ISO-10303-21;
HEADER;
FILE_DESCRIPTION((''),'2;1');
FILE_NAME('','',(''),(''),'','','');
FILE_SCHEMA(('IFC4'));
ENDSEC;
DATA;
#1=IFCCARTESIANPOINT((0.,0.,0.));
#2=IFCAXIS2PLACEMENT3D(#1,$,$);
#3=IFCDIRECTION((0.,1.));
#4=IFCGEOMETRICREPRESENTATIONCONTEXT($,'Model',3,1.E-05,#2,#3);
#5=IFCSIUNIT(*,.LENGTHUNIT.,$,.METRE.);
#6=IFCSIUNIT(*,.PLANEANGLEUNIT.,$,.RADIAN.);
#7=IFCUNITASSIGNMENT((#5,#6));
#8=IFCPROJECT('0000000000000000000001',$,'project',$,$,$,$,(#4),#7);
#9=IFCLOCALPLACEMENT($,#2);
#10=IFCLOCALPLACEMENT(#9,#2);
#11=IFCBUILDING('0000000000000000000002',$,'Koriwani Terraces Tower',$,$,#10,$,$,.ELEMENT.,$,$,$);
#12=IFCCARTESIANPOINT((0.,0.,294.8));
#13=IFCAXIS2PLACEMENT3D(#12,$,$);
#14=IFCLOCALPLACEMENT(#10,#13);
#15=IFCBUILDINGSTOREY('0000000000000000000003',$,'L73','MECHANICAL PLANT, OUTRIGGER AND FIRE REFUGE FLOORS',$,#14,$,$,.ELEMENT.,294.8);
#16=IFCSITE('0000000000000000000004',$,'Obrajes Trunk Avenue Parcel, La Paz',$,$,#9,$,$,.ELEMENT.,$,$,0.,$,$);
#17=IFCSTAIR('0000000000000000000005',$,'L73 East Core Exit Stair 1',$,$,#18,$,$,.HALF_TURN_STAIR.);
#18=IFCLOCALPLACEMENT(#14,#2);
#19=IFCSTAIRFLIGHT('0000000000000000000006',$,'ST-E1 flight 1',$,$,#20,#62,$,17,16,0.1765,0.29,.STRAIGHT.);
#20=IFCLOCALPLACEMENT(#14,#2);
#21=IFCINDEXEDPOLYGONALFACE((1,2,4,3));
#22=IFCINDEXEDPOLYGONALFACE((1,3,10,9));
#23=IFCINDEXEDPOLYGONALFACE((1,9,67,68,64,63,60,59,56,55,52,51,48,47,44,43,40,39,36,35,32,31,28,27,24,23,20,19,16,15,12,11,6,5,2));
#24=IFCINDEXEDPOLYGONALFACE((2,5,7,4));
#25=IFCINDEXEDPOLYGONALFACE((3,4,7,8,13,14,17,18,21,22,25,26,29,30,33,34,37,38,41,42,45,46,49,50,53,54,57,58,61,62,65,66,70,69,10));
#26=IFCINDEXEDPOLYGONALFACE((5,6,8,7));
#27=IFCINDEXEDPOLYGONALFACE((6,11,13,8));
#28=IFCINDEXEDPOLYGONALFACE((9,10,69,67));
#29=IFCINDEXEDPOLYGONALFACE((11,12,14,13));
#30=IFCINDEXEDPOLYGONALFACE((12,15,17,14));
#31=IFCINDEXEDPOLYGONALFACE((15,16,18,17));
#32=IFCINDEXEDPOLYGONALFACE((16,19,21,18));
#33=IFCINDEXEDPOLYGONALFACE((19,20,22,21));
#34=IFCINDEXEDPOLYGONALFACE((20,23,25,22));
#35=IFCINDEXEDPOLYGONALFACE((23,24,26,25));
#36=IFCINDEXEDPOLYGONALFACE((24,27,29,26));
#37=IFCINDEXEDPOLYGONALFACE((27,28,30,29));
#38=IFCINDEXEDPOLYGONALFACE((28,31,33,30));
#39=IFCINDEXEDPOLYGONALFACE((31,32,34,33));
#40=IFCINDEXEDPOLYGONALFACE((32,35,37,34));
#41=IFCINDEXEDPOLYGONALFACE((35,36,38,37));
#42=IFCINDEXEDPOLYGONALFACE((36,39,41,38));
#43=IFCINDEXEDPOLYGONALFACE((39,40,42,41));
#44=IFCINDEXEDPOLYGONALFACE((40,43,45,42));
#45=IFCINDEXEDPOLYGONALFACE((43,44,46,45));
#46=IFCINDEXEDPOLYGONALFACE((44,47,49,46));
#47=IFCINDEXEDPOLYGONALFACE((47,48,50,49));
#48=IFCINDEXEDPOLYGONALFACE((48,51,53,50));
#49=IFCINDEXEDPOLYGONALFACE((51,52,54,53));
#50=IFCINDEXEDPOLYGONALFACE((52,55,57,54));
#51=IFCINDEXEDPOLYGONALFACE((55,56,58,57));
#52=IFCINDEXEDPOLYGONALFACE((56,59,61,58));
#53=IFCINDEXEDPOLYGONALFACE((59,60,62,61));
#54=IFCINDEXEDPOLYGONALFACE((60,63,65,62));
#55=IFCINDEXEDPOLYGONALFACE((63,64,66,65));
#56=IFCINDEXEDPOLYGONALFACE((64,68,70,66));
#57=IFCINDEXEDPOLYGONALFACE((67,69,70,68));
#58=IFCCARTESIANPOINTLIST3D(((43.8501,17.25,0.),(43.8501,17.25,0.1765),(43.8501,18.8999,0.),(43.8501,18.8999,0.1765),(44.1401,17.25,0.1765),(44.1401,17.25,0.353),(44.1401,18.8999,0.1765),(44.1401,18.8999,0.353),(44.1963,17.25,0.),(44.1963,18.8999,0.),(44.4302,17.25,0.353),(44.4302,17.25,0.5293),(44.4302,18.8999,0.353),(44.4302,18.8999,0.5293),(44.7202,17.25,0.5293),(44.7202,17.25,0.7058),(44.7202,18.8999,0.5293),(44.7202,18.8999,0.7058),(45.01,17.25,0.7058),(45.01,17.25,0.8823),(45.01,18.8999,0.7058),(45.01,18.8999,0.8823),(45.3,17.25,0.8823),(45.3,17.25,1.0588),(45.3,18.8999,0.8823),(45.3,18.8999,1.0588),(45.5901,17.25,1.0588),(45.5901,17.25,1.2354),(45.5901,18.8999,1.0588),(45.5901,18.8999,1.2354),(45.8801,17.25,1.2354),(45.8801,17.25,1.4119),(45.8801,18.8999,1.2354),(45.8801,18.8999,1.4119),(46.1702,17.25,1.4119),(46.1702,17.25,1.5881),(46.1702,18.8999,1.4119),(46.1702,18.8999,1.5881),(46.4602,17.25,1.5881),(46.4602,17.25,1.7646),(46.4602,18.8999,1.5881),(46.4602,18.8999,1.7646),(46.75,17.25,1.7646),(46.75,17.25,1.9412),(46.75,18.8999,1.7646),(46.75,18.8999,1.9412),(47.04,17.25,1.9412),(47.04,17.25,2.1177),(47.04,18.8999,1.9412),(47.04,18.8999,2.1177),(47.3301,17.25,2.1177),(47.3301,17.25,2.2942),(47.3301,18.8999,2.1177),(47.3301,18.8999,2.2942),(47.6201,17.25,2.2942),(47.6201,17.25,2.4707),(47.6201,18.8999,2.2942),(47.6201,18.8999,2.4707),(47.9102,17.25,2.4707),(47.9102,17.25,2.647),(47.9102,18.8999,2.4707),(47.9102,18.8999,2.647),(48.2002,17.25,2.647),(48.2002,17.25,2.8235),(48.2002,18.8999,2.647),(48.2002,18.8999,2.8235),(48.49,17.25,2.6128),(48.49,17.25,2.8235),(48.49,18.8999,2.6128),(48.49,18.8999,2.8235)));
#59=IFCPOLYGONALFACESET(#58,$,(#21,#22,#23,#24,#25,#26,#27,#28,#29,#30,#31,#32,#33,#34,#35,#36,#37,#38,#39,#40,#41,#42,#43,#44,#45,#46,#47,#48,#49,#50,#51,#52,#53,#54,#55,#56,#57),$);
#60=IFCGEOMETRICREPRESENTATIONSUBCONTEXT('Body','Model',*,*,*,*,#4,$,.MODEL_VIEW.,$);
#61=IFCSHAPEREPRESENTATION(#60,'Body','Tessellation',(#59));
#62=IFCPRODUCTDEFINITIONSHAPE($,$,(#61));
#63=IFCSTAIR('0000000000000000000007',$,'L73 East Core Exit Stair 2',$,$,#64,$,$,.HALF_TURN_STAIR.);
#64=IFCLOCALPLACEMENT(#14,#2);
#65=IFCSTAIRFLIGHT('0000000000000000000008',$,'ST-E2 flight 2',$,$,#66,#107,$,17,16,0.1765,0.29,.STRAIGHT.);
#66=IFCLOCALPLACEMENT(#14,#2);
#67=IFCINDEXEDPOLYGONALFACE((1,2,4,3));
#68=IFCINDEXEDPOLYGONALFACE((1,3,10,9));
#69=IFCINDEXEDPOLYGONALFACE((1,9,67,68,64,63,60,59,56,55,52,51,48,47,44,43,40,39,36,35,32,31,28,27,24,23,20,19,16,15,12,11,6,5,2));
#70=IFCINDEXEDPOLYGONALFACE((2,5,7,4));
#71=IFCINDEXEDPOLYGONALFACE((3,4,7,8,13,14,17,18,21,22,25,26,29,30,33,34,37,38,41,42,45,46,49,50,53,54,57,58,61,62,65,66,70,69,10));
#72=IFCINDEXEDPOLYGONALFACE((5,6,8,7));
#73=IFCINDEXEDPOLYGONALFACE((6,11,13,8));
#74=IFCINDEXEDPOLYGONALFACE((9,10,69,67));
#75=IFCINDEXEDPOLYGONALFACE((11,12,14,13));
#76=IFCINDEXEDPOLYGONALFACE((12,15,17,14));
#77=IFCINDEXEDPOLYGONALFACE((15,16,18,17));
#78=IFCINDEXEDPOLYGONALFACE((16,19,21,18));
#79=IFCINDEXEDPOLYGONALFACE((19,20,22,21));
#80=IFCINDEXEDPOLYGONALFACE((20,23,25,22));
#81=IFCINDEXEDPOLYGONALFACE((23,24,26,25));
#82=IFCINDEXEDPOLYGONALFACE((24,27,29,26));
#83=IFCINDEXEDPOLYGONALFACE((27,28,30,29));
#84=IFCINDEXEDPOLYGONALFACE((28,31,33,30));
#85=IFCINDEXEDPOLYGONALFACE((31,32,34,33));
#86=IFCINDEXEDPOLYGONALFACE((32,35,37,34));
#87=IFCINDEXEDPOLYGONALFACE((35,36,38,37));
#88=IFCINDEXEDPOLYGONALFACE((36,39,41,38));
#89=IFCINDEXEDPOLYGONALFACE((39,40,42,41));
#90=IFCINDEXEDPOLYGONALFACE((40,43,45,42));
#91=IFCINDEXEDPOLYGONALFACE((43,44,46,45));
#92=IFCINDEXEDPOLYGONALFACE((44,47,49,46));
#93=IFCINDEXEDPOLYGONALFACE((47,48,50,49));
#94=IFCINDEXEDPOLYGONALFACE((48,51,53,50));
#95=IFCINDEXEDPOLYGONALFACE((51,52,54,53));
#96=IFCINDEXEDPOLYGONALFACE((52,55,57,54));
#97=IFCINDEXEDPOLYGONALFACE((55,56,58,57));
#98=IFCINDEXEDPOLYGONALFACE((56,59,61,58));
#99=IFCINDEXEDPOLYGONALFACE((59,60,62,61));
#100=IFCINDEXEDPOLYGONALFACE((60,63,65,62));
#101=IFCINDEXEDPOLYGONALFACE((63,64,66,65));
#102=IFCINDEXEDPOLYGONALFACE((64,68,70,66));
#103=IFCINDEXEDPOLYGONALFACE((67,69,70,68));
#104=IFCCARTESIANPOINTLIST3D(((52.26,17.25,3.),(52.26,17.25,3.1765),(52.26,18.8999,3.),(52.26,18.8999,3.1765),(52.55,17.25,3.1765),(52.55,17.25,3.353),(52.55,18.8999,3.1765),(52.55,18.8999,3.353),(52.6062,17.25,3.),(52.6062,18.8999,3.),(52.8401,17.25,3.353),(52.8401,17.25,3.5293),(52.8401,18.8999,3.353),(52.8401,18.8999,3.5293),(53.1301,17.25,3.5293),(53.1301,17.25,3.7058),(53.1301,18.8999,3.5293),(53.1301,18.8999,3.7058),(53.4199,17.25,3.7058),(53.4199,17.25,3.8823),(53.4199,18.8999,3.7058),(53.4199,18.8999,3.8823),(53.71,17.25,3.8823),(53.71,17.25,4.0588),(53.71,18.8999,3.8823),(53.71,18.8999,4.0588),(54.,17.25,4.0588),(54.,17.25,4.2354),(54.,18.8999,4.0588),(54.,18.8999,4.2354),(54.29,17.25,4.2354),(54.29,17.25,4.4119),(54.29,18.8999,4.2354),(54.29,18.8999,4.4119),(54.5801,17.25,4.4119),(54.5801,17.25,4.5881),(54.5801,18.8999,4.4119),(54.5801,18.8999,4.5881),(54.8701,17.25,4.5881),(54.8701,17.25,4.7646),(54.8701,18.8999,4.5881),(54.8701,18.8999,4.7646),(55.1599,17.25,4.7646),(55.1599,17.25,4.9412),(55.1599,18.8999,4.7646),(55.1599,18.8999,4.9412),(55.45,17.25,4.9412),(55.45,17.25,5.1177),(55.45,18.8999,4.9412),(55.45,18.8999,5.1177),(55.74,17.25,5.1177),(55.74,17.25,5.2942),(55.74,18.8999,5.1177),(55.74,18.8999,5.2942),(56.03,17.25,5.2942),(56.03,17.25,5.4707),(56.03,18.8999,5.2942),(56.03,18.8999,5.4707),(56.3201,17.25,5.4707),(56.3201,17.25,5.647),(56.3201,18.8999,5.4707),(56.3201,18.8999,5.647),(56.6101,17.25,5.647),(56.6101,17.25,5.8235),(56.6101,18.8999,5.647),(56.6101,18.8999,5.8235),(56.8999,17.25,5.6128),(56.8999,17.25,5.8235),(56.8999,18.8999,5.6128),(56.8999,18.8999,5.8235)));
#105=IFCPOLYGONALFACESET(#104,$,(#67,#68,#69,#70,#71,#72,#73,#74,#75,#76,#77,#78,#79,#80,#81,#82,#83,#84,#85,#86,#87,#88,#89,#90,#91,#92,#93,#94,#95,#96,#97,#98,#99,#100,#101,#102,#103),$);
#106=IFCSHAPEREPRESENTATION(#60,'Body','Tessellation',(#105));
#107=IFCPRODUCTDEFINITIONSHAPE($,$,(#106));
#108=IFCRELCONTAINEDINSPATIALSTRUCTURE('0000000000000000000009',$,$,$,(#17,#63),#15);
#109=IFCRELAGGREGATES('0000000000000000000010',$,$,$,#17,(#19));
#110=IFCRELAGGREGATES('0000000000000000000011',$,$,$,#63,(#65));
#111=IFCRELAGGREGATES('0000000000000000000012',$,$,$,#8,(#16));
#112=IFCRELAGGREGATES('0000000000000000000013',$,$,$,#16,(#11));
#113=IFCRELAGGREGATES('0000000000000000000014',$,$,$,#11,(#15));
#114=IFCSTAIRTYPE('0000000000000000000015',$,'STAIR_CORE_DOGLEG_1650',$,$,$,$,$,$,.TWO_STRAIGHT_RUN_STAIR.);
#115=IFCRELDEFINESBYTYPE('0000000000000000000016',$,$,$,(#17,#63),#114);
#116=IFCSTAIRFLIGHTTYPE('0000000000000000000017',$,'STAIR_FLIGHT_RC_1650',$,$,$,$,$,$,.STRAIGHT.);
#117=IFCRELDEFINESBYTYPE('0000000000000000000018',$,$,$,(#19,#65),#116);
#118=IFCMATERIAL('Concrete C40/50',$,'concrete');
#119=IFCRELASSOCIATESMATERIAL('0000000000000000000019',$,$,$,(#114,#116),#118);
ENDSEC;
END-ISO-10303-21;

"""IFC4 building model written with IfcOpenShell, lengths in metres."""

from ifc_helpers import new_model, si_unit, direction, frame, origin, place, context, subcontext, project, spatial, polyline, outline, extrude, material, type_object, element, aggregate, save


model = new_model("IFC4")

# Units and contexts
model_context = context("Model", 3, precision=1e-05, world=origin(), true_north=direction((0.0, 1.0)))
body_context = subcontext(model_context, "Body", "Model", "MODEL_VIEW")
ifc_project = project(units=[si_unit("LENGTHUNIT", "METRE"), si_unit("PLANEANGLEUNIT", "RADIAN")], contexts=[model_context])

# Site, building, storey
site_placement = place(None, origin())
site = spatial("IfcSite", under=ifc_project, at=site_placement, Name="Obrajes Trunk Avenue Parcel, La Paz", CompositionType="ELEMENT", RefElevation=0.0)
building_placement = place(site_placement, origin())
building = spatial("IfcBuilding", under=site, at=building_placement, Name="Koriwani Terraces Tower", CompositionType="ELEMENT")
storey_placement = place(building_placement, frame((0.0, 0.0, 294.8)))
storey = spatial("IfcBuildingStorey", under=building, at=storey_placement, Name="L73", Description="MECHANICAL PLANT, OUTRIGGER AND FIRE REFUGE FLOORS", CompositionType="ELEMENT", Elevation=294.8)

# Shared definitions
ifc_material_1 = material(Name="Concrete C40/50", Category="concrete")

# Stairs, stair flights
stair_type = type_object("IfcStairType", Name="STAIR_CORE_DOGLEG_1650", PredefinedType="TWO_STRAIGHT_RUN_STAIR", material=ifc_material_1)
stair_1_placement = place(storey_placement, origin())
stair_1 = element("IfcStair", 1, at=stair_1_placement, inside=storey, type_object=stair_type, Name="L73 East Core Exit Stair 1", PredefinedType="HALF_TURN_STAIR")
stair_flight_type = type_object("IfcStairFlightType", Name="STAIR_FLIGHT_RC_1650", PredefinedType="STRAIGHT", material=ifc_material_1)
stair_flight_1_placement = place(storey_placement, frame((43.8501, 18.075, 0.0), z_axis=(0.0, 0.0, 1.0), x_axis=(1.0, 0.0, 0.0)))
stair_flight_1 = element("IfcStairFlight", 2, at=stair_flight_1_placement, type_object=stair_flight_type, Name="ST-E1 flight 1", NumberOfRisers=17, NumberOfTreads=16, PredefinedType="STRAIGHT", RiserHeight=0.1765, TreadLength=0.29, context=body_context, shape_type="SweptSolid", body=[
    extrude(outline(polyline([(0.0, 0.0), (0.0, 0.1765), (0.29, 0.1765), (0.29, 0.353), (0.5801, 0.353), (0.5801, 0.5293), (0.8701, 0.5293), (0.8701, 0.7058), (1.1599, 0.7058), (1.1599, 0.8823), (1.45, 0.8823), (1.45, 1.0588), (1.74, 1.0588), (1.74, 1.2354), (2.03, 1.2354), (2.03, 1.4119), (2.3201, 1.4119), (2.3201, 1.5881), (2.6101, 1.5881), (2.6101, 1.7646), (2.8999, 1.7646), (2.8999, 1.9412), (3.1899, 1.9412), (3.1899, 2.1177), (3.48, 2.1177), (3.48, 2.2942), (3.77, 2.2942), (3.77, 2.4707), (4.0601, 2.4707), (4.0601, 2.647), (4.3501, 2.647), (4.3501, 2.8235), (4.6399, 2.8235), (4.6399, 3.0), (4.6399, 2.6128), (0.3462, 0.0), (0.0, 0.0)])), frame((0.0, 0.825, 0.0), z_axis=(0.0, -1.0, 0.0), x_axis=(1.0, 0.0, 0.0)), (0.0, 0.0, 1.0), 1.6499),
])
aggregate(stair_1, [stair_flight_1])
stair_2_placement = place(storey_placement, origin())
stair_2 = element("IfcStair", 3, at=stair_2_placement, inside=storey, type_object=stair_type, Name="L73 East Core Exit Stair 2", PredefinedType="HALF_TURN_STAIR")
stair_flight_2_placement = place(storey_placement, frame((52.26, 18.075, 3.0), z_axis=(0.0, 0.0, 1.0), x_axis=(1.0, 0.0, 0.0)))
stair_flight_2 = element("IfcStairFlight", 4, at=stair_flight_2_placement, type_object=stair_flight_type, Name="ST-E2 flight 2", NumberOfRisers=17, NumberOfTreads=16, PredefinedType="STRAIGHT", RiserHeight=0.1765, TreadLength=0.29, context=body_context, shape_type="SweptSolid", body=[
    extrude(outline(polyline([(0.0, 0.0), (0.0, 0.1765), (0.29, 0.1765), (0.29, 0.353), (0.5801, 0.353), (0.5801, 0.5293), (0.8701, 0.5293), (0.8701, 0.7058), (1.1599, 0.7058), (1.1599, 0.8823), (1.45, 0.8823), (1.45, 1.0588), (1.74, 1.0588), (1.74, 1.2354), (2.03, 1.2354), (2.03, 1.4119), (2.3201, 1.4119), (2.3201, 1.5881), (2.6101, 1.5881), (2.6101, 1.7646), (2.8999, 1.7646), (2.8999, 1.9412), (3.1899, 1.9412), (3.1899, 2.1177), (3.48, 2.1177), (3.48, 2.2942), (3.77, 2.2942), (3.77, 2.4707), (4.0601, 2.4707), (4.0601, 2.647), (4.3501, 2.647), (4.3501, 2.8235), (4.6399, 2.8235), (4.6399, 3.0), (4.6399, 2.6128), (0.3462, 0.0), (0.0, 0.0)])), frame((0.0, 0.825, 0.0), z_axis=(0.0, -1.0, 0.0), x_axis=(1.0, 0.0, 0.0)), (0.0, 0.0, 1.0), 1.6499),
])
aggregate(stair_2, [stair_flight_2])

save(model, "model.ifc")
